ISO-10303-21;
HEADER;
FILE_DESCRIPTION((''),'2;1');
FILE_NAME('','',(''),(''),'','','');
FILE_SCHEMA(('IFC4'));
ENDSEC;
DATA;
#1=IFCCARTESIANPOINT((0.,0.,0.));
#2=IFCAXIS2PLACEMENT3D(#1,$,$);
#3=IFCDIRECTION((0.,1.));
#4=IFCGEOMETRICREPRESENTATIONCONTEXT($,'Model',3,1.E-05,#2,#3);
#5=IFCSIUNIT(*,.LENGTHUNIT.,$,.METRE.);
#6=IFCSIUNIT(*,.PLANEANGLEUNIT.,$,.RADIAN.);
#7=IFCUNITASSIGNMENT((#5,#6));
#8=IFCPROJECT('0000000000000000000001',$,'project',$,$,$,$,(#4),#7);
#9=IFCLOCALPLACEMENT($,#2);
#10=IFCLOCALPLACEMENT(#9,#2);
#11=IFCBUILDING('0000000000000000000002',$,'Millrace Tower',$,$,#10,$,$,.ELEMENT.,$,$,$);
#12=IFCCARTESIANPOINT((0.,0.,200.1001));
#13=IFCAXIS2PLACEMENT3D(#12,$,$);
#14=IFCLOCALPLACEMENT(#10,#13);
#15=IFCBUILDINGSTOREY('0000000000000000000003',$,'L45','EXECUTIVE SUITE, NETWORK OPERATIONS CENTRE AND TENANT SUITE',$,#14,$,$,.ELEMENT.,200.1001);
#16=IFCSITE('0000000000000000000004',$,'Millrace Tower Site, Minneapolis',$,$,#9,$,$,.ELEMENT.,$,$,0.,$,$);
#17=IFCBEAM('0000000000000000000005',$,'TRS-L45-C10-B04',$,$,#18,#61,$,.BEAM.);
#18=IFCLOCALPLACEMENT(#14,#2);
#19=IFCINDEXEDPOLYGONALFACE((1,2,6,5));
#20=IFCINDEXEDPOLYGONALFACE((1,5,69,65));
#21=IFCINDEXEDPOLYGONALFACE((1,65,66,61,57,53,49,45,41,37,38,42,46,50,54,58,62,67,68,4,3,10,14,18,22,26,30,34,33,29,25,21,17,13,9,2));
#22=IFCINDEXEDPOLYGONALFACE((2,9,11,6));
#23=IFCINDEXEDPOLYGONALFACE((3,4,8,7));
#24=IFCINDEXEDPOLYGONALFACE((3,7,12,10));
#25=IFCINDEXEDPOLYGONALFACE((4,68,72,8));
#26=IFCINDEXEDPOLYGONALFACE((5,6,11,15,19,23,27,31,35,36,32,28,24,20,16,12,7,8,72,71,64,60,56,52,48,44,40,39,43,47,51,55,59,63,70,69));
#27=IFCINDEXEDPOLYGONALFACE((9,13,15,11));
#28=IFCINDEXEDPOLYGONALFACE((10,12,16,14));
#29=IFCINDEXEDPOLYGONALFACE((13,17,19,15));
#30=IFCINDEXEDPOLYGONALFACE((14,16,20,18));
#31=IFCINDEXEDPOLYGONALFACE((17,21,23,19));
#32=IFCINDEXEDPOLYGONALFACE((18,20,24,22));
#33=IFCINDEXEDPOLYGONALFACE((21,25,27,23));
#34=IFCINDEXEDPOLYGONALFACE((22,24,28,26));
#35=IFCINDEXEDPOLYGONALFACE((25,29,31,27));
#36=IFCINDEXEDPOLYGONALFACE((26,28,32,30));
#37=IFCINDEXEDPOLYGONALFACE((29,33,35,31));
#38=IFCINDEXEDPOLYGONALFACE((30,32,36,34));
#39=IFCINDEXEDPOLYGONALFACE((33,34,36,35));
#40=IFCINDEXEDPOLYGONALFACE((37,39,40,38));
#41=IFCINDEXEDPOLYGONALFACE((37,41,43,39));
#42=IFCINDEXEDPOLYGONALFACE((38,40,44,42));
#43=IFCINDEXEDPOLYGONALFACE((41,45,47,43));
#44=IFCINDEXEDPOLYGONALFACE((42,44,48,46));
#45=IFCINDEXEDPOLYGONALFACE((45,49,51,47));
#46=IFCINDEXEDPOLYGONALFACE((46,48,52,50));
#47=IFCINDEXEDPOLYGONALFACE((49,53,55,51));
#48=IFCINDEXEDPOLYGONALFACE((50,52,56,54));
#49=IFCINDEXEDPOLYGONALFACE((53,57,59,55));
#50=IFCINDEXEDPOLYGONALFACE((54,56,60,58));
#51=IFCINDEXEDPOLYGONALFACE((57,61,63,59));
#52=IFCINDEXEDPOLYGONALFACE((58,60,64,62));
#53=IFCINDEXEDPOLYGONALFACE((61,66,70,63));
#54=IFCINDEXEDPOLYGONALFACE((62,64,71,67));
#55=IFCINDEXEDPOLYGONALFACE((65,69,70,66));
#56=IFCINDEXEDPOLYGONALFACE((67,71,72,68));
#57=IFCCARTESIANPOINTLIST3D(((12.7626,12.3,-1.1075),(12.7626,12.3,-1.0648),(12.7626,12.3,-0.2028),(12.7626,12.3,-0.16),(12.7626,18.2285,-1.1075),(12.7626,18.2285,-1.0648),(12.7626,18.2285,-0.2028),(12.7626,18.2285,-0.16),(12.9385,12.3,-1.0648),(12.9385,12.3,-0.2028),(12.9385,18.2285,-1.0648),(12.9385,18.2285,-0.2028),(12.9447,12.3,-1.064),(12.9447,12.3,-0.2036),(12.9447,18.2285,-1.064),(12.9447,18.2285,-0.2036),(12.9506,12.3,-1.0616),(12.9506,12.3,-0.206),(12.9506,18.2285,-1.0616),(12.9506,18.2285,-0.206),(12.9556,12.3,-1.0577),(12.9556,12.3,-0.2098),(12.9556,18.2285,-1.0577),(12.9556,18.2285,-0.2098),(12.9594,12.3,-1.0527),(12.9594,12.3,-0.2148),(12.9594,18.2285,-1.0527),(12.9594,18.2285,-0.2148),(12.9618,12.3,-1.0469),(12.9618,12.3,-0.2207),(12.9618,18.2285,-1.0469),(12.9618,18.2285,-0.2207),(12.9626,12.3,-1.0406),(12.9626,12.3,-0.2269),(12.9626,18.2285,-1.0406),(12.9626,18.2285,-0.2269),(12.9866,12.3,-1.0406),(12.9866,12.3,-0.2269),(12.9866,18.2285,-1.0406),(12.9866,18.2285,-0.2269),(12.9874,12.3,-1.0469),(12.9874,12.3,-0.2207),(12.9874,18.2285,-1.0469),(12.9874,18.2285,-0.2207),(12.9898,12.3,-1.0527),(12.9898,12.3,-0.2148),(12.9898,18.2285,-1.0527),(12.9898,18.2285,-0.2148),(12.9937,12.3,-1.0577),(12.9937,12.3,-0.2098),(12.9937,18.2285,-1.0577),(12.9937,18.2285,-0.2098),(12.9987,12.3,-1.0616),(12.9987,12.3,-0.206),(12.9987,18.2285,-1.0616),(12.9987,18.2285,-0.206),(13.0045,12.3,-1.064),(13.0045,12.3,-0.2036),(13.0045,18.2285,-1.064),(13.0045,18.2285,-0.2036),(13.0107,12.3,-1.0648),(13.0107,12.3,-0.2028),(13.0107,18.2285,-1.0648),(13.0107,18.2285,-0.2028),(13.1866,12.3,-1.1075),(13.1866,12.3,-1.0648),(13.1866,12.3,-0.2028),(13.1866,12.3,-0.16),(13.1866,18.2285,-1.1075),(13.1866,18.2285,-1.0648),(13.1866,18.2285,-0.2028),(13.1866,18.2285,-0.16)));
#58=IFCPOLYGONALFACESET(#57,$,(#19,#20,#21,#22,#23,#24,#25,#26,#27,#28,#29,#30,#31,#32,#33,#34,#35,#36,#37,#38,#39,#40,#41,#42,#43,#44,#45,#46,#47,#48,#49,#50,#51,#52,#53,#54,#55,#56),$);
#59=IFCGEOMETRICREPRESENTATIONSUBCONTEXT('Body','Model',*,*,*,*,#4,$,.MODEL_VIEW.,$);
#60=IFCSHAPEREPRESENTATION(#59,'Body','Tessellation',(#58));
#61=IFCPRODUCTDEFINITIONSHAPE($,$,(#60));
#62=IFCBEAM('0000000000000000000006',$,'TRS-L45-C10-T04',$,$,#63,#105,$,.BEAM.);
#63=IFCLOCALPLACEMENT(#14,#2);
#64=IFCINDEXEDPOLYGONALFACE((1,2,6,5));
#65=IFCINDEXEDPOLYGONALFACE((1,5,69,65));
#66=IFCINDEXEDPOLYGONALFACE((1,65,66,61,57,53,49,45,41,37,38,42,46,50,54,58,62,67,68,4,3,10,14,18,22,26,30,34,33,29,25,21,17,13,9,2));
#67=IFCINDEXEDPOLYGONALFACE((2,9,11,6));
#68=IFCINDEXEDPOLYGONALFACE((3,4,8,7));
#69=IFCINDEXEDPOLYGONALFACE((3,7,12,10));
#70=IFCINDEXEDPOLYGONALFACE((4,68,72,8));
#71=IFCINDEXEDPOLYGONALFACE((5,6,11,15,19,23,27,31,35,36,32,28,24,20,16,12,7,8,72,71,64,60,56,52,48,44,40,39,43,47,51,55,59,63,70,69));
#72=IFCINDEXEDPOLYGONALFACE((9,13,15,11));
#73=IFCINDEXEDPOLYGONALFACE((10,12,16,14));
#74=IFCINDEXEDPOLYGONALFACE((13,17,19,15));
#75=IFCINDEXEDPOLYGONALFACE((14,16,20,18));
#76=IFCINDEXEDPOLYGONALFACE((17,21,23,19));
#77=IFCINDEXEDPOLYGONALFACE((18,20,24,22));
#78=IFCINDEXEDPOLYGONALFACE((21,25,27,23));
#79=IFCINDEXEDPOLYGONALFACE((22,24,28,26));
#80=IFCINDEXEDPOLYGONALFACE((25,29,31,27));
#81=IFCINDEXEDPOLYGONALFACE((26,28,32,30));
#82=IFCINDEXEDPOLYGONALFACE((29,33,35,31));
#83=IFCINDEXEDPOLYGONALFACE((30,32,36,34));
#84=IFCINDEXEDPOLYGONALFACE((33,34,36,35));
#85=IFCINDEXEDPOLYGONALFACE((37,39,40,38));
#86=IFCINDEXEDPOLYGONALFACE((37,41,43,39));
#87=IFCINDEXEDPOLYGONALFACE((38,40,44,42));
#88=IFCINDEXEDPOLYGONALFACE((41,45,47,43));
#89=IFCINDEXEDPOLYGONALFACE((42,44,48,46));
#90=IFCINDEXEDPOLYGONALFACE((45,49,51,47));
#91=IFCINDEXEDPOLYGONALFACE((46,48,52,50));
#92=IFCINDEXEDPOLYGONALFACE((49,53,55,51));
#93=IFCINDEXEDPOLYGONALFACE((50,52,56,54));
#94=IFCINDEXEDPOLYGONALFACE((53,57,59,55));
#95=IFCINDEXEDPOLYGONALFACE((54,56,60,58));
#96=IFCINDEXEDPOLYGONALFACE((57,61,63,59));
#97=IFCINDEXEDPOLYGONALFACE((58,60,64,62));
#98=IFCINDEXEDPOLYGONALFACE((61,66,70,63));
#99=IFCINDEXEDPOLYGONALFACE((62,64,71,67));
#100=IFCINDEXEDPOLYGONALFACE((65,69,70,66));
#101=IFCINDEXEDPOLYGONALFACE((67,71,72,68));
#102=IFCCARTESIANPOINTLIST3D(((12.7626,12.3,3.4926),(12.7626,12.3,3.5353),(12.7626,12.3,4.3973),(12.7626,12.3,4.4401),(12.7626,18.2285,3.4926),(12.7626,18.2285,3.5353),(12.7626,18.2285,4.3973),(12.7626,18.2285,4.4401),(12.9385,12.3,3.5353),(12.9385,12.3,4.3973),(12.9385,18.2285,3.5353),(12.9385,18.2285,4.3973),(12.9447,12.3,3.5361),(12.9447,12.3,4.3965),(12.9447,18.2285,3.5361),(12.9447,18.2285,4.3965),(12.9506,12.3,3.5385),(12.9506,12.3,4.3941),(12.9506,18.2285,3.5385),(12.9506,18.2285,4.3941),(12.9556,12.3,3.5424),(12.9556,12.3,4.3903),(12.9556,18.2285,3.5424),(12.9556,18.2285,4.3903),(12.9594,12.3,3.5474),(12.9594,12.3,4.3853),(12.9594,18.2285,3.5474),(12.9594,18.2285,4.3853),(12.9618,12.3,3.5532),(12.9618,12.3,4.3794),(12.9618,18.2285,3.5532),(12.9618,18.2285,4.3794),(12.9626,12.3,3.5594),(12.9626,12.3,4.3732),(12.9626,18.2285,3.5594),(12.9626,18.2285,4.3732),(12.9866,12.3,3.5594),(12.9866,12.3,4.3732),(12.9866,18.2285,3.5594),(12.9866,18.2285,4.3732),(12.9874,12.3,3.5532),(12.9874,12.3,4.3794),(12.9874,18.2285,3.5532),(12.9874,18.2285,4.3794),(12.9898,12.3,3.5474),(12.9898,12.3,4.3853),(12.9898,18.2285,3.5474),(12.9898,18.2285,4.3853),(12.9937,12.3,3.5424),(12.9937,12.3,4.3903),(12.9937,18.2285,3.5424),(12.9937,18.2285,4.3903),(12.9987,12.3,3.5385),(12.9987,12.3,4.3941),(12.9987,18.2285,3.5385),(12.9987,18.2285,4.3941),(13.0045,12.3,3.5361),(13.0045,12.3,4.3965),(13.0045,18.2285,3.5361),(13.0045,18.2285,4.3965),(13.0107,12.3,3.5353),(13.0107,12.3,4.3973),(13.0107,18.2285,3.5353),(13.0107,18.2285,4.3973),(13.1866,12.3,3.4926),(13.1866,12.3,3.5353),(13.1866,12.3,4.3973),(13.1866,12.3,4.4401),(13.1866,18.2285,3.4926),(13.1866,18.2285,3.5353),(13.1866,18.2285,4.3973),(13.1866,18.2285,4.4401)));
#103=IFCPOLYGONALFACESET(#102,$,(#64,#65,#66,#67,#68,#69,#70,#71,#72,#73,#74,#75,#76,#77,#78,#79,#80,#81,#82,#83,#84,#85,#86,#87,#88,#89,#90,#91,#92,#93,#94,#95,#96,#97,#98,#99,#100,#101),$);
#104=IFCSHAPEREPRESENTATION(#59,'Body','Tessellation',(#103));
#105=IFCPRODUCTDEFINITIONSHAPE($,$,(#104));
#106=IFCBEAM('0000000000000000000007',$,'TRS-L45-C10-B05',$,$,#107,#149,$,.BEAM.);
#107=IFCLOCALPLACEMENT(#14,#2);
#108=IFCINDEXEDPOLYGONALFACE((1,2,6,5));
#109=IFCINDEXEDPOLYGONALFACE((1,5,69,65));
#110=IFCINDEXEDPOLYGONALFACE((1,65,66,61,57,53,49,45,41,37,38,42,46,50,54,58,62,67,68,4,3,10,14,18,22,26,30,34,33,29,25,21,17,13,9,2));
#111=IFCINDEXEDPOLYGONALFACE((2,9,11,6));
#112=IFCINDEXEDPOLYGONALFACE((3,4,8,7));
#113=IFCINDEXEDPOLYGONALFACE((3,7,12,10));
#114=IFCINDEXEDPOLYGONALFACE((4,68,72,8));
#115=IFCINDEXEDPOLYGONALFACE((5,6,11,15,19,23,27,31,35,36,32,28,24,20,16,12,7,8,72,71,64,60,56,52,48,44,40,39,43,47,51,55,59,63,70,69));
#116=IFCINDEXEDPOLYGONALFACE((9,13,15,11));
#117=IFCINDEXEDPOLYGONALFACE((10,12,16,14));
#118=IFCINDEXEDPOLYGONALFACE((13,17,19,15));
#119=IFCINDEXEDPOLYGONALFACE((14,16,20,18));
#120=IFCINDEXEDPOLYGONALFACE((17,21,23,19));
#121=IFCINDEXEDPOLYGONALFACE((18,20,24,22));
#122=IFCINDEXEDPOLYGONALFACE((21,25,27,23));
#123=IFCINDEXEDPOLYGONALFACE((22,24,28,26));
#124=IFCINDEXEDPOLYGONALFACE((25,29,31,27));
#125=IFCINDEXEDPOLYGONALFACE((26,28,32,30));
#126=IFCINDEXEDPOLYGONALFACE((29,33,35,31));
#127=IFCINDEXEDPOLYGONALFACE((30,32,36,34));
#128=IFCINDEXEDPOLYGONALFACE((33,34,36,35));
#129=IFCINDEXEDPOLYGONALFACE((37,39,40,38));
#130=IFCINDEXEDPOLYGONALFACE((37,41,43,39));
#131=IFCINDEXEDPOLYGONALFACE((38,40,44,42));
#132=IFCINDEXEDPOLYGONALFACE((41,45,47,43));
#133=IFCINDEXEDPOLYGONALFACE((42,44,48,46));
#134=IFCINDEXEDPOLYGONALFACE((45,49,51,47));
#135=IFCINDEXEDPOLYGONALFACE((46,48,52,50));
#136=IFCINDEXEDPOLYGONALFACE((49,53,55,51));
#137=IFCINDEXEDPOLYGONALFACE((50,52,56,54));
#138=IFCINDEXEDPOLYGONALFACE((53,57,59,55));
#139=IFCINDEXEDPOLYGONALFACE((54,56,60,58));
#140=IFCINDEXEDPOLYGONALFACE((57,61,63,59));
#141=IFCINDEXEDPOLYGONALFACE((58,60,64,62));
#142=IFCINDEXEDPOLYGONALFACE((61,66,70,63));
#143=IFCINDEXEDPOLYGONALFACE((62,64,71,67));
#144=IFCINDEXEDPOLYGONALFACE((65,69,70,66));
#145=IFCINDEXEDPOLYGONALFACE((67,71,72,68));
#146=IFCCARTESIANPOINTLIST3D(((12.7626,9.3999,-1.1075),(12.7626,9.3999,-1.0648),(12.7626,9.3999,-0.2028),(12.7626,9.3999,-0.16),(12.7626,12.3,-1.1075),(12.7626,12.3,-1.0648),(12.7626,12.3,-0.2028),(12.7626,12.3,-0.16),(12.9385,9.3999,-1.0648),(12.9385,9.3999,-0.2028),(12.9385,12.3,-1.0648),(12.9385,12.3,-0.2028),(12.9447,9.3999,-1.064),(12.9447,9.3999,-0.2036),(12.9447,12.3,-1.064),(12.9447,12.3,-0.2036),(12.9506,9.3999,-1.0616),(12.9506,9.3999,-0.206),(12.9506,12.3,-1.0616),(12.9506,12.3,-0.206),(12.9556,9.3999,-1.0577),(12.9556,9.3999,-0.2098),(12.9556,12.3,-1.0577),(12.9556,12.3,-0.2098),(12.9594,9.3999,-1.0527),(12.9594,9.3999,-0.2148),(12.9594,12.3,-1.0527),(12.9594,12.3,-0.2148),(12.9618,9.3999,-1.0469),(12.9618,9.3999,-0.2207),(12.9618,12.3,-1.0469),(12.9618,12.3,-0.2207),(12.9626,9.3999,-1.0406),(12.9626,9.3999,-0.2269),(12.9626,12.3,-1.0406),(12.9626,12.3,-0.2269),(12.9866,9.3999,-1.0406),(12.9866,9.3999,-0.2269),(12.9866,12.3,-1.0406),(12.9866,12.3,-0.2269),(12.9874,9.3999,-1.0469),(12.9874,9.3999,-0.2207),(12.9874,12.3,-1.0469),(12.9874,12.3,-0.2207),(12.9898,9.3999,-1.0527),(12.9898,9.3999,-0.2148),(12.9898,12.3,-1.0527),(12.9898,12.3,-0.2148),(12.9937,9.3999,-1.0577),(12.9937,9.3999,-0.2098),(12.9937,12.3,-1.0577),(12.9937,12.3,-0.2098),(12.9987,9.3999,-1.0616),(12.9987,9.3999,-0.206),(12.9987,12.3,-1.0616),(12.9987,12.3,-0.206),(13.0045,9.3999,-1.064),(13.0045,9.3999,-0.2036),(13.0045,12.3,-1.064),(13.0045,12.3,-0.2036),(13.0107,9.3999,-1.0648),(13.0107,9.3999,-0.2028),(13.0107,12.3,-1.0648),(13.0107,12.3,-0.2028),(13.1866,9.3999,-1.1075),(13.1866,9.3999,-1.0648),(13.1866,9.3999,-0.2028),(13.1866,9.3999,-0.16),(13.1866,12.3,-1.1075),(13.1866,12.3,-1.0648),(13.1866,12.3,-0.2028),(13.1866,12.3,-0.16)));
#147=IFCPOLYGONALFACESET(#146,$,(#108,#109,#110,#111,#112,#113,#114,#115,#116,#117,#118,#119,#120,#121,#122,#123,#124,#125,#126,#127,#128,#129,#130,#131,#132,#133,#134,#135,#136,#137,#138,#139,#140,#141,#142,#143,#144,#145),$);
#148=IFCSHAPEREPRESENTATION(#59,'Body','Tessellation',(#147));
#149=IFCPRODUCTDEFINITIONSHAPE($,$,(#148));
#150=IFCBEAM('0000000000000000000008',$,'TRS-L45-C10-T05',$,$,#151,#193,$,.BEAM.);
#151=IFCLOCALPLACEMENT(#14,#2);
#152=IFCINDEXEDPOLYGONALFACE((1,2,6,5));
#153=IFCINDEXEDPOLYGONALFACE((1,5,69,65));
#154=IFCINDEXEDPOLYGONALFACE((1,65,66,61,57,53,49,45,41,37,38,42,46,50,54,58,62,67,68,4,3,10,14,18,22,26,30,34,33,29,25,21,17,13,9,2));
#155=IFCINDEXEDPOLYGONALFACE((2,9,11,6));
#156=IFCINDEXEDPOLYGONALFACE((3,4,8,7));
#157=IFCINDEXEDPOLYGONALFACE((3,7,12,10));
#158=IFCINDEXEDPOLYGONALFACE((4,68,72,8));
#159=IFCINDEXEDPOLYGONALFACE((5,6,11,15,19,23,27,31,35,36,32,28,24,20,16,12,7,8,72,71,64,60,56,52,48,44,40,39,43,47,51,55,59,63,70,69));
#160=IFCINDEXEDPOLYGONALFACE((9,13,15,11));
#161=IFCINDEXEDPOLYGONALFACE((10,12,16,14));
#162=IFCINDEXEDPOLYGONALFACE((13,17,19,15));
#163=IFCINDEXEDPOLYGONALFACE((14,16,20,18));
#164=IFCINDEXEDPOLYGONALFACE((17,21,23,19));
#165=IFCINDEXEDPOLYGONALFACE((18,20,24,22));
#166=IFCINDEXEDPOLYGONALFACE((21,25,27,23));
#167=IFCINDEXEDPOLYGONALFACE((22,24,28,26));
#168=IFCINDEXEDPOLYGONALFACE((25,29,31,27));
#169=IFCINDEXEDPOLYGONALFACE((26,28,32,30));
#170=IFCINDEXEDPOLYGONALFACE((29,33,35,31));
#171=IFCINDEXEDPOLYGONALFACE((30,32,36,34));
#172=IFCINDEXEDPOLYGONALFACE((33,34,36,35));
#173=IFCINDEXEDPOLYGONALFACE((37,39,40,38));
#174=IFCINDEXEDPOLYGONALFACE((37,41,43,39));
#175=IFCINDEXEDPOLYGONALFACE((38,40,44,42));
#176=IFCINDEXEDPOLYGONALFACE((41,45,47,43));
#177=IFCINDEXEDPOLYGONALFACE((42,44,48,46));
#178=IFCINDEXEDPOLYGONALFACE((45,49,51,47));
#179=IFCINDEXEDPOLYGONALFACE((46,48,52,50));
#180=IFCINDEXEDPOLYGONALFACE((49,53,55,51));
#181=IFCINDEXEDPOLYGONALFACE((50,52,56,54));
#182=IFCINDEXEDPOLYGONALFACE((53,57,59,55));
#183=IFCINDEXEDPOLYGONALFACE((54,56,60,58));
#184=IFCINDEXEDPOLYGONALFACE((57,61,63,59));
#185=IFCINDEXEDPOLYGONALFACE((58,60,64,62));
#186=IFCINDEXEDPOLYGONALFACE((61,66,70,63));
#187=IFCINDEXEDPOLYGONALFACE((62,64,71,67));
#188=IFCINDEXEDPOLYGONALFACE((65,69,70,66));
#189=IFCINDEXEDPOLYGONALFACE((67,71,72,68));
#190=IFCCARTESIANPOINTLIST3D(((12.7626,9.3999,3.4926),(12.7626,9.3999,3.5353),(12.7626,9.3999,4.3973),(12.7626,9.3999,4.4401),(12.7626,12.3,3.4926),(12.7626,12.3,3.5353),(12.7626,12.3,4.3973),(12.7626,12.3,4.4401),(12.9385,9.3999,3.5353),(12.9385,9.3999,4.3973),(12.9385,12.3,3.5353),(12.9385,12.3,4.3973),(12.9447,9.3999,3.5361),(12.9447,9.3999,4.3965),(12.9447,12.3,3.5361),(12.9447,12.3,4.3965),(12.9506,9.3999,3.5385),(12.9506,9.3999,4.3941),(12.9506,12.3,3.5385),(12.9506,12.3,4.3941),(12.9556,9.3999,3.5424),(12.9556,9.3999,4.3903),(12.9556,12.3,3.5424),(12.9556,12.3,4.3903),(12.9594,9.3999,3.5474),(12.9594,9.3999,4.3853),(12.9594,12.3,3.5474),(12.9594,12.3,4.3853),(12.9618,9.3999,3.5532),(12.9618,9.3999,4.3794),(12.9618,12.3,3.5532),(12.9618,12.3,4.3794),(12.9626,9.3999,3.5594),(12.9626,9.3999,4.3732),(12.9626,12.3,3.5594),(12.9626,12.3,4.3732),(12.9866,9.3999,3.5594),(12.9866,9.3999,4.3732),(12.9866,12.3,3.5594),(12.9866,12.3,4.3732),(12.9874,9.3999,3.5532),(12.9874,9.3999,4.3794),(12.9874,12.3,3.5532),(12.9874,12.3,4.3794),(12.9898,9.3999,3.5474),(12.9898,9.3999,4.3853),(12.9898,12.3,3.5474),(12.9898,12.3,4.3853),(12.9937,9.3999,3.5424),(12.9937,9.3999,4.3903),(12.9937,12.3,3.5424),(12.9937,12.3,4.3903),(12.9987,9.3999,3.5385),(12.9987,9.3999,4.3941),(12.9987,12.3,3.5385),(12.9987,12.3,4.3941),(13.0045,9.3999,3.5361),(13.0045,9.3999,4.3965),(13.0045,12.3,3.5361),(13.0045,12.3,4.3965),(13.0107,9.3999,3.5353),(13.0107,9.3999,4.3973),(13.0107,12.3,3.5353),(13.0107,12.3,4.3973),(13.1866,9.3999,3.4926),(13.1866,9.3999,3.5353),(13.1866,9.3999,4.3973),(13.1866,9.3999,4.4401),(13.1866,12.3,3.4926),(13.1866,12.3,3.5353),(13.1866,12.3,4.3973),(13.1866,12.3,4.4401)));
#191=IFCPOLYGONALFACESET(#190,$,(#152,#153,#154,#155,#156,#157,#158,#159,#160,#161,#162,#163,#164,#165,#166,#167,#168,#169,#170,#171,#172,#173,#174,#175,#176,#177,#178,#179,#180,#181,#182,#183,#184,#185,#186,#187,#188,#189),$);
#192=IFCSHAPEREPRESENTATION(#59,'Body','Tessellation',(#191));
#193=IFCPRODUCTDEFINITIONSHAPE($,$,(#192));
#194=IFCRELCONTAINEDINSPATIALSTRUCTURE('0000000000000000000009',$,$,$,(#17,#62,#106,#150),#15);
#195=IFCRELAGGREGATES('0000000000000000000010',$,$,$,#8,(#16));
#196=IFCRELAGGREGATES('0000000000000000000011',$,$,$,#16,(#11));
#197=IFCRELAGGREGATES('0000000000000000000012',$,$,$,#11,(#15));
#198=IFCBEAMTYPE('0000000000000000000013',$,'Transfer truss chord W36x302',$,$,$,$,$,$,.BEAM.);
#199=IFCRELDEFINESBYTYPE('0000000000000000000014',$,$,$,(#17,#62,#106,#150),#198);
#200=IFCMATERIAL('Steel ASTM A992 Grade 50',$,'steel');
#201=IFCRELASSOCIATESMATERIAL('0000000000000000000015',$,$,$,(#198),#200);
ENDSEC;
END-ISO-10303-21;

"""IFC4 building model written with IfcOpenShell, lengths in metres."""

from ifc_helpers import new_model, si_unit, direction, frame, origin, origin_2d, place, context, subcontext, project, spatial, i_section, extrude, material, material_profile, profile_set, type_object, element, save


model = new_model("IFC4")

# Units and contexts
model_context = context("Model", 3, precision=1e-05, world=origin(), true_north=direction((0.0, 1.0)))
body_context = subcontext(model_context, "Body", "Model", "MODEL_VIEW")
ifc_project = project(units=[si_unit("LENGTHUNIT", "METRE"), si_unit("PLANEANGLEUNIT", "RADIAN")], contexts=[model_context])

# Site, building, storey
site_placement = place(None, origin())
site = spatial("IfcSite", under=ifc_project, at=site_placement, Name="Millrace Tower Site, Minneapolis", CompositionType="ELEMENT", RefElevation=0.0)
building_placement = place(site_placement, origin())
building = spatial("IfcBuilding", under=site, at=building_placement, Name="Millrace Tower", CompositionType="ELEMENT")
storey_placement = place(building_placement, frame((0.0, 0.0, 200.1001)))
storey = spatial("IfcBuildingStorey", under=building, at=storey_placement, Name="L45", Description="EXECUTIVE SUITE, NETWORK OPERATIONS CENTRE AND TENANT SUITE", CompositionType="ELEMENT", Elevation=200.1001)

# Beams
ifc_material_1 = material(Name="Steel ASTM A992 Grade 50", Category="steel")
ifc_material_profile_1 = material_profile(ifc_material_1, i_section(OverallWidth=0.4241, OverallDepth=0.9475, WebThickness=0.0239, FlangeThickness=0.0427, FilletRadius=0.0242, at=origin_2d()))
ifc_profile_set_1 = profile_set([ifc_material_profile_1], Name="Steel ASTM A992 Grade 50")
beam_type_1 = type_object("IfcBeamType", Name="Transfer truss chord W36x302", PredefinedType="BEAM", material=ifc_profile_set_1)
for number, where, z_axis, x_axis, name in (
    (1, (12.9746, 18.2285, -0.6338), (0.0, -1.0, 0.0), (1.0, 0.0, 0.0), "TRS-L45-C10-B04"),
    (2, (12.9746, 18.2285, 3.9663), (0.0, -1.0, 0.0), (1.0, 0.0, 0.0), "TRS-L45-C10-T04"),
):
    element("IfcBeam", number, at=place(storey_placement, frame(where, z_axis=z_axis, x_axis=x_axis)), inside=storey, type_object=beam_type_1, Name=name, PredefinedType="BEAM", context=body_context, shape_type="SweptSolid", body=[
        extrude(i_section(OverallWidth=0.4241, OverallDepth=0.9475, WebThickness=0.0239, FlangeThickness=0.0427, FilletRadius=0.0242, at=origin_2d()), origin(), (0.0, 0.0, 1.0), 5.9285),
    ])
for number, where, z_axis, x_axis, name in (
    (3, (12.9746, 12.3, -0.6338), (0.0, -1.0, 0.0), (1.0, 0.0, 0.0), "TRS-L45-C10-B05"),
    (4, (12.9746, 12.3, 3.9663), (0.0, -1.0, 0.0), (1.0, 0.0, 0.0), "TRS-L45-C10-T05"),
):
    element("IfcBeam", number, at=place(storey_placement, frame(where, z_axis=z_axis, x_axis=x_axis)), inside=storey, type_object=beam_type_1, Name=name, PredefinedType="BEAM", context=body_context, shape_type="SweptSolid", body=[
        extrude(i_section(OverallWidth=0.4241, OverallDepth=0.9475, WebThickness=0.0239, FlangeThickness=0.0427, FilletRadius=0.0242, at=origin_2d()), origin(), (0.0, 0.0, 1.0), 2.9001),
    ])

save(model, "model.ifc")
